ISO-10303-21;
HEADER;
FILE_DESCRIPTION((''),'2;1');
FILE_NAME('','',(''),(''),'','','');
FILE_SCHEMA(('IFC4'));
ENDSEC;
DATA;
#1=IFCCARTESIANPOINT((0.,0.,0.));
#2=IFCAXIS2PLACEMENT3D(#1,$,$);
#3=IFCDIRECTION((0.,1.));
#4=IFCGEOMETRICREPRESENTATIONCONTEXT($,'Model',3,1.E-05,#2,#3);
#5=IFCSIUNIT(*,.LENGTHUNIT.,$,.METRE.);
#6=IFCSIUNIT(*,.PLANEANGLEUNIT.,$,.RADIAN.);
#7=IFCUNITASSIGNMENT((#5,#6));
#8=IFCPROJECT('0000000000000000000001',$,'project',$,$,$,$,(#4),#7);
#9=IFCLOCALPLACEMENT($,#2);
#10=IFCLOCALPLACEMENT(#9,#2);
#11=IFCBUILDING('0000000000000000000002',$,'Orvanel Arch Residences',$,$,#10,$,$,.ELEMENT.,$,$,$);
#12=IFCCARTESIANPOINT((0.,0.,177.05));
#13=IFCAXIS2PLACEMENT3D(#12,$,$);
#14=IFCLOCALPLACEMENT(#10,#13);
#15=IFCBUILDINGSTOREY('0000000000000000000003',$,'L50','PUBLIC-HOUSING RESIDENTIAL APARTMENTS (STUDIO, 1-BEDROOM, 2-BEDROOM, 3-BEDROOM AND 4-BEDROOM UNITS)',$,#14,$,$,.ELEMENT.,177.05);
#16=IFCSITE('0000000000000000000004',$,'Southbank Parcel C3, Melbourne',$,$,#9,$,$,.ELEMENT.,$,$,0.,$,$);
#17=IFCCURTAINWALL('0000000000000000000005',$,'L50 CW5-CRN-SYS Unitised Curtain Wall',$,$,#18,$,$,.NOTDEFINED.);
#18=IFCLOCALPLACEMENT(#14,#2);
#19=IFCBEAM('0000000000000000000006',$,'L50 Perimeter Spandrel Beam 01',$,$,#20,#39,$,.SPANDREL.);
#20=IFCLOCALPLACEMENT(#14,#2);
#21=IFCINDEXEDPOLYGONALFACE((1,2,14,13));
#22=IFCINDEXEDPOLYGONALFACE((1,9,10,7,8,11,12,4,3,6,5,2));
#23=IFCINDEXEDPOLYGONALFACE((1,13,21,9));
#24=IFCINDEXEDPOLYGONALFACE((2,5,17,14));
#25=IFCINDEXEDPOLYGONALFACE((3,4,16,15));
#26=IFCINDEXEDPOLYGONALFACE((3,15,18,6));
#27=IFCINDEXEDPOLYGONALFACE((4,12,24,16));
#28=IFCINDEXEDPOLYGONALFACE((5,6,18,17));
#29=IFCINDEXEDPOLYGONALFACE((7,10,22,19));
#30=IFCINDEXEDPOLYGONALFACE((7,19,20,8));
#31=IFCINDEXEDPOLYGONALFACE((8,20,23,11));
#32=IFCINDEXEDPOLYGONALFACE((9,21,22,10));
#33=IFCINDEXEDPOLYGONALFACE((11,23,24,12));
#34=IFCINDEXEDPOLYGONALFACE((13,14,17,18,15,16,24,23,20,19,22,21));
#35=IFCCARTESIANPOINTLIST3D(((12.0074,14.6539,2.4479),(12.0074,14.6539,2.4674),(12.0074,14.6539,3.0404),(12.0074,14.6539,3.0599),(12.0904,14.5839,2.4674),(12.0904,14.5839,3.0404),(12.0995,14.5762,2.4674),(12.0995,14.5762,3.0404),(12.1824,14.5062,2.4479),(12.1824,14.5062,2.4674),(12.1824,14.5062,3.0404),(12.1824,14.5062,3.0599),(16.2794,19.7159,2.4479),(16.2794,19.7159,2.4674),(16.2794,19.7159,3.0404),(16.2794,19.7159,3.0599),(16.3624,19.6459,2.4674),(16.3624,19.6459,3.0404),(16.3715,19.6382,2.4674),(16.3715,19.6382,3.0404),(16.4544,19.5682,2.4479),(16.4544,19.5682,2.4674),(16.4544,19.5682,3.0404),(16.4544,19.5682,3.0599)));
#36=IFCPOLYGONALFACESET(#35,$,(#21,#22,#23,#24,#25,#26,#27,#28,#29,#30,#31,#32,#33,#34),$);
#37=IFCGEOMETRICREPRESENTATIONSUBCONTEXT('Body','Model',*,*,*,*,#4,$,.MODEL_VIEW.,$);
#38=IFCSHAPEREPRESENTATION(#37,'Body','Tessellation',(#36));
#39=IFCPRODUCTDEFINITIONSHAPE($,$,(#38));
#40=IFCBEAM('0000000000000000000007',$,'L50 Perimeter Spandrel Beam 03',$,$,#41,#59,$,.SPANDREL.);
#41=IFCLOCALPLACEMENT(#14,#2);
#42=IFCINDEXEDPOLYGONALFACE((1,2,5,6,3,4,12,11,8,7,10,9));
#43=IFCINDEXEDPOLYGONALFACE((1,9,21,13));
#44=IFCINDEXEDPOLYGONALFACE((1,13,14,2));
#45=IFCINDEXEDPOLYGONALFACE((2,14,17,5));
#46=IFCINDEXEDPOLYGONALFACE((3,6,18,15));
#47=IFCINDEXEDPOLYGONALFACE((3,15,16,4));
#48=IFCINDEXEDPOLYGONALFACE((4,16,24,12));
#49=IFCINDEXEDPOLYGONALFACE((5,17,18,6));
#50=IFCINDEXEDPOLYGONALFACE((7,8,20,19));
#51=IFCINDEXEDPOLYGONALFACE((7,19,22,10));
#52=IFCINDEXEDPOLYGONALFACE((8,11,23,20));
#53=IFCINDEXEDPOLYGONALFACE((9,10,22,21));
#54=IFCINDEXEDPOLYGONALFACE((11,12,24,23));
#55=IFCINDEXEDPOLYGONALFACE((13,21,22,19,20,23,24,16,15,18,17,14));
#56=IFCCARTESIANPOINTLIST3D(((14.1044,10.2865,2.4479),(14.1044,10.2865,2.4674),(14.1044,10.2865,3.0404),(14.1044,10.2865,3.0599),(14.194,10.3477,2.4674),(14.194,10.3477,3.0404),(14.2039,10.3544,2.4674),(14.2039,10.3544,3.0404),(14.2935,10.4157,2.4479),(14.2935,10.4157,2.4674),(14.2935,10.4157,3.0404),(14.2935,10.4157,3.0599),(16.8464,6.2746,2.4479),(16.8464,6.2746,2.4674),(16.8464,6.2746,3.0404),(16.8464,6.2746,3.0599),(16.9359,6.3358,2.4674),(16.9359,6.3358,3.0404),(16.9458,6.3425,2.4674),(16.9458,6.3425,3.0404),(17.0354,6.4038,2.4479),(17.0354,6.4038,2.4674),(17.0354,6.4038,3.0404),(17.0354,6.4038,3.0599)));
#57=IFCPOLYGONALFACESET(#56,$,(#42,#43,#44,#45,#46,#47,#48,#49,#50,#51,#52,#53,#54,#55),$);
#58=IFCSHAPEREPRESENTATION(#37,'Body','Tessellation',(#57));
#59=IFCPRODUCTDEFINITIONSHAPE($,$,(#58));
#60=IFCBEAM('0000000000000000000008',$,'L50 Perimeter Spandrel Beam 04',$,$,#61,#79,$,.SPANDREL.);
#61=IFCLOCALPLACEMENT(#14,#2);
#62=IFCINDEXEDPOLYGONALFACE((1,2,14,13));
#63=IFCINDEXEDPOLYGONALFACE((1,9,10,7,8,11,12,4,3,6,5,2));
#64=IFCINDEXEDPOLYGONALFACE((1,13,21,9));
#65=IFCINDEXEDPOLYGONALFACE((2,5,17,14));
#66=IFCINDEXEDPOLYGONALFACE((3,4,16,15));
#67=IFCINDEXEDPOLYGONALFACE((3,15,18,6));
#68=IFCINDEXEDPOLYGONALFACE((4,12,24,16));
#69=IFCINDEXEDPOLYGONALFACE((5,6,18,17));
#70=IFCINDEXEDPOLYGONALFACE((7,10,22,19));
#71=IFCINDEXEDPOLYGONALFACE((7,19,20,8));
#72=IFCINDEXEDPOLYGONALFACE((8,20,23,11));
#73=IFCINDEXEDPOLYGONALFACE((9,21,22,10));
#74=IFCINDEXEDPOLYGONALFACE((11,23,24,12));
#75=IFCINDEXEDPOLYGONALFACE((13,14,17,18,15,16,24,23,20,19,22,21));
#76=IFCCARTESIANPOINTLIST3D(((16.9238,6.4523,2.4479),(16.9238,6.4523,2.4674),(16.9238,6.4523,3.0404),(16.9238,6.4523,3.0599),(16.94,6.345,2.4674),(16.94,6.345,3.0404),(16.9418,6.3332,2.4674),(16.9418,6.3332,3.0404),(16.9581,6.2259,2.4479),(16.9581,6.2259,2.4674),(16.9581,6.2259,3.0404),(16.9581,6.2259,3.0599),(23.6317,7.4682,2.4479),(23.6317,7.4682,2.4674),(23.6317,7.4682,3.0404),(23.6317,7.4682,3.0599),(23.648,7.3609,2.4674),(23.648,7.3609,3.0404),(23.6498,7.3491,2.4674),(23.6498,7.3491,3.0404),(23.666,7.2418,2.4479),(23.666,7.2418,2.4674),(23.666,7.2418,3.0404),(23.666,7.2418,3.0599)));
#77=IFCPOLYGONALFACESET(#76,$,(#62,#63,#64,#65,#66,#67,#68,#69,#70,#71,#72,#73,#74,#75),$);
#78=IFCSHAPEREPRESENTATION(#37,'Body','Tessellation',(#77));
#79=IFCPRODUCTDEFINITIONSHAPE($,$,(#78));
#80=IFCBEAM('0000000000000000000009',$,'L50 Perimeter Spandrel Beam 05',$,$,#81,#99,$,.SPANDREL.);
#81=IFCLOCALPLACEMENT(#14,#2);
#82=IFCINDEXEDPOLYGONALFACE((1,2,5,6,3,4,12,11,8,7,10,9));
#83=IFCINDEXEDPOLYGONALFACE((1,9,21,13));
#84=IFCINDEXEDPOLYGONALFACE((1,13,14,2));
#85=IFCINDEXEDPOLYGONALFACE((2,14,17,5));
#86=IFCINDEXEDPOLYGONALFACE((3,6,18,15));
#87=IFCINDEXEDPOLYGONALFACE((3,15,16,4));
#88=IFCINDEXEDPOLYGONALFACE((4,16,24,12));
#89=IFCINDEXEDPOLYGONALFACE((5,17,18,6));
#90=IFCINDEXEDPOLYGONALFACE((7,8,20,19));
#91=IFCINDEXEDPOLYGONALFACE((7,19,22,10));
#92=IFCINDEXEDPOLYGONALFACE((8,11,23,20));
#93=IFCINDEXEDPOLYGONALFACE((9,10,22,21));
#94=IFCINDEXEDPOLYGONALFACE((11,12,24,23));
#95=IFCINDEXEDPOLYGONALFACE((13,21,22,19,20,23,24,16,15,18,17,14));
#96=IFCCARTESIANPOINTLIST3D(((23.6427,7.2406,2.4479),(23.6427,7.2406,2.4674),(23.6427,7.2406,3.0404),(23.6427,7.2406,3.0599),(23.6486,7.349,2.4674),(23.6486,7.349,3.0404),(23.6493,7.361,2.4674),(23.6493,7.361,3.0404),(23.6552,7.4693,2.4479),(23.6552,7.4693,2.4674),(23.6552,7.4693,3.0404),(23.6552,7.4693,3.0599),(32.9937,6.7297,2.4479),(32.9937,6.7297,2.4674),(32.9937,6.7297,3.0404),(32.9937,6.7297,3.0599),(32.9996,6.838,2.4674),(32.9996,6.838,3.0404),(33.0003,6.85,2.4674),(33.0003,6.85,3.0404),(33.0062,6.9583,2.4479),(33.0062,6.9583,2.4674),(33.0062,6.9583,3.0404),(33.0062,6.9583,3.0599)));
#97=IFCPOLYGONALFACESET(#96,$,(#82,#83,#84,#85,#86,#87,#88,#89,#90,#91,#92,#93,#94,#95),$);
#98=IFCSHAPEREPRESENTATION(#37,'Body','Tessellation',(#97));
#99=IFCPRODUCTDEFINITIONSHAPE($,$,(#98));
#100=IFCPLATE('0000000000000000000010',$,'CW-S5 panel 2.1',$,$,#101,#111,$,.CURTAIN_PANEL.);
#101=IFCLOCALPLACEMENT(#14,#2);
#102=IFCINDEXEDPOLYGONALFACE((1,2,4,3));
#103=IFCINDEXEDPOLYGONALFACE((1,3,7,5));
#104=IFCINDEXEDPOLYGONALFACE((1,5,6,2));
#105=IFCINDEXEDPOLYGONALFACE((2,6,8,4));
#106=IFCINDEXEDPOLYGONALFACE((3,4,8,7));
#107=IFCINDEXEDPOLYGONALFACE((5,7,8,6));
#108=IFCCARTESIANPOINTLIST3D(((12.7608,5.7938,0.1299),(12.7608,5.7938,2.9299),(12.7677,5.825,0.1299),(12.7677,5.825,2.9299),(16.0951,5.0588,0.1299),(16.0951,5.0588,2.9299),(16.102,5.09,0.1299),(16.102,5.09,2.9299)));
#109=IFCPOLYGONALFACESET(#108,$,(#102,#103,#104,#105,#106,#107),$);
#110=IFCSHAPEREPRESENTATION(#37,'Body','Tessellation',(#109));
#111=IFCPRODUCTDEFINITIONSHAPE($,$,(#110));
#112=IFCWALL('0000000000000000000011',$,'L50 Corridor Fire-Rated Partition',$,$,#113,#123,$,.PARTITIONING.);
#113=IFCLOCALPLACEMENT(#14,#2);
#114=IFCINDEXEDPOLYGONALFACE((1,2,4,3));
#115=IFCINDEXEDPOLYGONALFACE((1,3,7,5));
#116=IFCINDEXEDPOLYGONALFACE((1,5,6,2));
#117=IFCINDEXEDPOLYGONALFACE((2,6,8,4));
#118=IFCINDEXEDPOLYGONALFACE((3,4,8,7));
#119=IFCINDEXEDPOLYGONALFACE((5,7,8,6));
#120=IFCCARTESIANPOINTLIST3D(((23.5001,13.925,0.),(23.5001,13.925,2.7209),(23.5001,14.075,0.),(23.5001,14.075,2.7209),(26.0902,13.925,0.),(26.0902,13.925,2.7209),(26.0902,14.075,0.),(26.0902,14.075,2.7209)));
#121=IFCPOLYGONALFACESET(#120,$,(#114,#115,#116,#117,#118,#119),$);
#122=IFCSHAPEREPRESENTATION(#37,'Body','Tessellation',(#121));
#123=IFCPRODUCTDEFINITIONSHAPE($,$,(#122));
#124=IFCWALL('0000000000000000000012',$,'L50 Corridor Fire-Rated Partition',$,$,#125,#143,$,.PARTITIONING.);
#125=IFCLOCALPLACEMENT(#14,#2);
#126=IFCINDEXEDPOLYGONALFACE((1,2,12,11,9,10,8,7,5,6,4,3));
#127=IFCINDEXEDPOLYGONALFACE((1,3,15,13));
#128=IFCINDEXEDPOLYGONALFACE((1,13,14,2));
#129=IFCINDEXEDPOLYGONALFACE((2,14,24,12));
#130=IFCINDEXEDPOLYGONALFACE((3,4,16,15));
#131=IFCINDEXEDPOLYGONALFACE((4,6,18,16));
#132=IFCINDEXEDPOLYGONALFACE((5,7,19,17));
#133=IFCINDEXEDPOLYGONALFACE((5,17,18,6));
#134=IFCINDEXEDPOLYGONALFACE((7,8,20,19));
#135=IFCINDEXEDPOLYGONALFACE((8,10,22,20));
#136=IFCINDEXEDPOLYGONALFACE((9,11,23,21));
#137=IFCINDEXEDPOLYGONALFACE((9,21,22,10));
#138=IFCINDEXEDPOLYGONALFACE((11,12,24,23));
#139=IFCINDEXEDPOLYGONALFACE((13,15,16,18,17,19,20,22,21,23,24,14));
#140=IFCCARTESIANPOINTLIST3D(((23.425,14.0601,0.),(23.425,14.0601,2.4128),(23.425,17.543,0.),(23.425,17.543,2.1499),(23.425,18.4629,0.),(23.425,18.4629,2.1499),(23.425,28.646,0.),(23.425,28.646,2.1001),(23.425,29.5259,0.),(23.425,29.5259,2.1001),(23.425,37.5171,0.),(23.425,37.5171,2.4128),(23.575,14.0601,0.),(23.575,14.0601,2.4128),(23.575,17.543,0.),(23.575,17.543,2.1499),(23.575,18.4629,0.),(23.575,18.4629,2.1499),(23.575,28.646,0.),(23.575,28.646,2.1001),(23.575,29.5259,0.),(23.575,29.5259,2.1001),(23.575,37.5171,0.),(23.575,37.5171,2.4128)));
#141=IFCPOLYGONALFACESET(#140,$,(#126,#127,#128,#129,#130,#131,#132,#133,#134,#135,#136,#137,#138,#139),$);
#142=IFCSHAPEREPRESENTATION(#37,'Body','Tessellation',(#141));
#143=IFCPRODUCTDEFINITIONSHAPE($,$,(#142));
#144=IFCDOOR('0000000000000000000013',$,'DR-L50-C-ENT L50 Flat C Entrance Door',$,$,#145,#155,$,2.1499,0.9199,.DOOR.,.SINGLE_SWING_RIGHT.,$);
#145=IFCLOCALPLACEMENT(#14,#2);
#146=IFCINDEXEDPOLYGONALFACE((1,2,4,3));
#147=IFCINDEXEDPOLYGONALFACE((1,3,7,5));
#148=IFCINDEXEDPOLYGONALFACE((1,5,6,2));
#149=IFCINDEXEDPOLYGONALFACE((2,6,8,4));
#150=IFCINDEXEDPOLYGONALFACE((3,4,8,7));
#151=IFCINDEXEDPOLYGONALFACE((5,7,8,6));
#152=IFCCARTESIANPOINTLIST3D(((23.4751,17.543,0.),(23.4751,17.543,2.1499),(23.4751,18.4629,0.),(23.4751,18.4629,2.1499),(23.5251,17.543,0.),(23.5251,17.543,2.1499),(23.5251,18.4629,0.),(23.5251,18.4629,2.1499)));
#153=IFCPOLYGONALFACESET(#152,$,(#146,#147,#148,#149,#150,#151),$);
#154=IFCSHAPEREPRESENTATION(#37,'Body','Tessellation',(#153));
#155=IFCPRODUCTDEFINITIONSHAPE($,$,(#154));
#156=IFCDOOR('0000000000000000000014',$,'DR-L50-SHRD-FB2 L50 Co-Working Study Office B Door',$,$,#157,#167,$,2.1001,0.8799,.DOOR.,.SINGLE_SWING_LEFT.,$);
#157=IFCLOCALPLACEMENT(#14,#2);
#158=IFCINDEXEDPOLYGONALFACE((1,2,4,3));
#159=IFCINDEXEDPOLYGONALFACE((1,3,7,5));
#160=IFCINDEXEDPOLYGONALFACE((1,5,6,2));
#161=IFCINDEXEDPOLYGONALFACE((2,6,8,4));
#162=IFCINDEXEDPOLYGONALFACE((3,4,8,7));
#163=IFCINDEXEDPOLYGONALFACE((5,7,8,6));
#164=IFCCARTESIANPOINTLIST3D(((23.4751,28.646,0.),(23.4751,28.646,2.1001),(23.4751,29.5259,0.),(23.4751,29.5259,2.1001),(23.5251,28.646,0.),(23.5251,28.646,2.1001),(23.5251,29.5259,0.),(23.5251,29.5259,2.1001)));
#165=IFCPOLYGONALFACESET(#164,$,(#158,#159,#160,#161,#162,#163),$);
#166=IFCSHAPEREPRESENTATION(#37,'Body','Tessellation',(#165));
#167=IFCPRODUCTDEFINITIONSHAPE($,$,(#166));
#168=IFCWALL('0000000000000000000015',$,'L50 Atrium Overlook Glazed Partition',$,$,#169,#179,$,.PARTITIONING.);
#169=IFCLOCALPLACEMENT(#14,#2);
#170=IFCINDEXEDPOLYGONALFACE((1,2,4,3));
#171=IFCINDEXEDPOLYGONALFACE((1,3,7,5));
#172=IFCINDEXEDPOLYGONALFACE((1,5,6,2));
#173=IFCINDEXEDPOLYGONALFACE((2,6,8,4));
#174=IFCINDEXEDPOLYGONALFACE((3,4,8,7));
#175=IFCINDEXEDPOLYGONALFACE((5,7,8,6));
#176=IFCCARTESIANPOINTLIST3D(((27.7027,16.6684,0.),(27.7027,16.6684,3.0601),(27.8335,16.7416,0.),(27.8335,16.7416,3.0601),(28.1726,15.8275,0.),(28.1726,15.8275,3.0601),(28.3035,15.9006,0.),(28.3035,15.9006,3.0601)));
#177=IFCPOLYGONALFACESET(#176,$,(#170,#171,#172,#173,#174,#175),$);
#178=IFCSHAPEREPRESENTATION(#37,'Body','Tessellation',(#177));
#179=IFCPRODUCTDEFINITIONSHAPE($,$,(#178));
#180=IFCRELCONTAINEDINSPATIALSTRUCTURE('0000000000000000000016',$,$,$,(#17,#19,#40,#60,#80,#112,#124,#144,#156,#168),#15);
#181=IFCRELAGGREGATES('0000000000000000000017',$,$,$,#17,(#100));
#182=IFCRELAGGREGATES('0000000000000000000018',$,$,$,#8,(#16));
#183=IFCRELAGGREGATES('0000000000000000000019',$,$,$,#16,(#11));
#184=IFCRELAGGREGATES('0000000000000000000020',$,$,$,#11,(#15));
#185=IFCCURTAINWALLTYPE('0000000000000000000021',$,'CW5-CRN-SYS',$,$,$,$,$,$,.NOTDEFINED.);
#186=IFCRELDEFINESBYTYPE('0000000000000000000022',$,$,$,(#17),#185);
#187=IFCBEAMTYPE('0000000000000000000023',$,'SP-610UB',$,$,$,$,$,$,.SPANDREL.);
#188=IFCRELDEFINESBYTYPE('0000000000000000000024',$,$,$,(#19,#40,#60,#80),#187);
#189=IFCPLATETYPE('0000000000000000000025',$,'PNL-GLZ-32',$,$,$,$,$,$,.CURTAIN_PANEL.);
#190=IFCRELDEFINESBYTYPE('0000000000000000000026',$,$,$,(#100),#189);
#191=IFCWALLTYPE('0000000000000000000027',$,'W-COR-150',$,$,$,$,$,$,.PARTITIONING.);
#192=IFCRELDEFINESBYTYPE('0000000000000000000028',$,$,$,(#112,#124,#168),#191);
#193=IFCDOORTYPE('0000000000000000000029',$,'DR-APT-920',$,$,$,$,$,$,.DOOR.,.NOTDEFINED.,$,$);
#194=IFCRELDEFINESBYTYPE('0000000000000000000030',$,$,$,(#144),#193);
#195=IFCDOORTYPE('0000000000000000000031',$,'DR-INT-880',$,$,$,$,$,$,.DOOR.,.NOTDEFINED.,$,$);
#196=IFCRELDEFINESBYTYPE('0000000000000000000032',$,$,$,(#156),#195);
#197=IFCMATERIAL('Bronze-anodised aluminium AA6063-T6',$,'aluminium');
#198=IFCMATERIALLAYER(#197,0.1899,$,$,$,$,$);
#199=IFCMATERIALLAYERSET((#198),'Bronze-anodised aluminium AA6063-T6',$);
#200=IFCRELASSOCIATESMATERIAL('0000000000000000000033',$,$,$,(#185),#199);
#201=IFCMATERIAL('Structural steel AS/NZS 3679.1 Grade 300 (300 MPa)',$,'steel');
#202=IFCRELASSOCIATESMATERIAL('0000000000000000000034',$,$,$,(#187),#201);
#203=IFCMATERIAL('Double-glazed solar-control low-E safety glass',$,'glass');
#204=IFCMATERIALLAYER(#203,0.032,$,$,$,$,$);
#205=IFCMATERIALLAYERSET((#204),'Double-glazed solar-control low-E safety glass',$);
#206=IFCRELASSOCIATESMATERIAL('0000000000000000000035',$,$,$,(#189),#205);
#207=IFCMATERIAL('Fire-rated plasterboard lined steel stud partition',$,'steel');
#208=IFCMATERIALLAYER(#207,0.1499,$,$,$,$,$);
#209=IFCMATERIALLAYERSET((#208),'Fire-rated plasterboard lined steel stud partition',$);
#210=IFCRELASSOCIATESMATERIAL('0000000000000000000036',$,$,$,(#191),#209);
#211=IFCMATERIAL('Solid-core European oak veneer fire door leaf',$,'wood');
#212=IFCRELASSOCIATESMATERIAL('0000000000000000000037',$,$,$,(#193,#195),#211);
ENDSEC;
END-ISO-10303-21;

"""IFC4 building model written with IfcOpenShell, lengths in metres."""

from ifc_helpers import new_model, si_unit, direction, frame, frame_2d, origin, origin_2d, place, context, subcontext, project, spatial, rectangle, i_section, extrude, material, layer, layer_set, material_profile, profile_set, type_object, element, fill, aggregate, save


model = new_model("IFC4")

# Units and contexts
model_context = context("Model", 3, precision=1e-05, world=origin(), true_north=direction((0.0, 1.0)))
body_context = subcontext(model_context, "Body", "Model", "MODEL_VIEW")
ifc_project = project(units=[si_unit("LENGTHUNIT", "METRE"), si_unit("PLANEANGLEUNIT", "RADIAN")], contexts=[model_context])

# Site, building, storey
site_placement = place(None, origin())
site = spatial("IfcSite", under=ifc_project, at=site_placement, Name="Southbank Parcel C3, Melbourne", CompositionType="ELEMENT", RefElevation=0.0)
building_placement = place(site_placement, origin())
building = spatial("IfcBuilding", under=site, at=building_placement, Name="Orvanel Arch Residences", CompositionType="ELEMENT")
storey_placement = place(building_placement, frame((0.0, 0.0, 177.05)))
storey = spatial("IfcBuildingStorey", under=building, at=storey_placement, Name="L50", Description="PUBLIC-HOUSING RESIDENTIAL APARTMENTS (STUDIO, 1-BEDROOM, 2-BEDROOM, 3-BEDROOM AND 4-BEDROOM UNITS)", CompositionType="ELEMENT", Elevation=177.05)

# Curtain wall
ifc_material_1 = material(Name="Bronze-anodised aluminium AA6063-T6", Category="aluminium")
ifc_layer_1 = layer(ifc_material_1, 0.1899)
ifc_layer_set_1 = layer_set([ifc_layer_1], Name="Bronze-anodised aluminium AA6063-T6")
curtain_wall_type = type_object("IfcCurtainWallType", Name="CW5-CRN-SYS", PredefinedType="NOTDEFINED", material=ifc_layer_set_1)
curtain_wall_placement = place(storey_placement, origin())
curtain_wall = element("IfcCurtainWall", 1, at=curtain_wall_placement, inside=storey, type_object=curtain_wall_type, Name="L50 CW5-CRN-SYS Unitised Curtain Wall", PredefinedType="NOTDEFINED")

# Beams
ifc_material_2 = material(Name="Structural steel AS/NZS 3679.1 Grade 300 (300 MPa)", Category="steel")
ifc_material_profile_1 = material_profile(ifc_material_2, i_section(OverallWidth=0.229, OverallDepth=0.6121, WebThickness=0.012, FlangeThickness=0.0195, at=origin_2d()), Name="610UB125")
ifc_profile_set_1 = profile_set([ifc_material_profile_1], Name="Structural steel AS/NZS 3679.1 Grade 300 (300 MPa)")
beam_type_1 = type_object("IfcBeamType", Name="SP-610UB", PredefinedType="SPANDREL", material=ifc_profile_set_1)
beam_1_placement = place(storey_placement, frame((16.3669, 19.6421, 2.7539), z_axis=(-0.64495, -0.764224, 0.0), x_axis=(0.764224, -0.64495, 0.0)))
element("IfcBeam", 2, at=beam_1_placement, inside=storey, type_object=beam_type_1, Name="L50 Perimeter Spandrel Beam 01", PredefinedType="SPANDREL", context=body_context, shape_type="SweptSolid", body=[
    extrude(i_section(OverallWidth=0.229, OverallDepth=0.6121, WebThickness=0.012, FlangeThickness=0.0195, at=origin_2d()), origin(), (0.0, 0.0, 1.0), 6.6238),
])
beam_2_placement = place(storey_placement, frame((14.199, 10.3511, 2.7539), z_axis=(0.564252, -0.825603, 0.0), x_axis=(0.825603, 0.564252, 0.0)))
element("IfcBeam", 3, at=beam_2_placement, inside=storey, type_object=beam_type_1, Name="L50 Perimeter Spandrel Beam 03", PredefinedType="SPANDREL", context=body_context, shape_type="SweptSolid", body=[
    extrude(i_section(OverallWidth=0.229, OverallDepth=0.6121, WebThickness=0.012, FlangeThickness=0.0195, at=origin_2d()), origin(), (0.0, 0.0, 1.0), 4.8594),
])
beam_3_placement = place(storey_placement, frame((16.9409, 6.3391, 2.7539), z_axis=(0.988726, 0.149734, 0.0), x_axis=(-0.149734, 0.988726, 0.0)))
element("IfcBeam", 4, at=beam_3_placement, inside=storey, type_object=beam_type_1, Name="L50 Perimeter Spandrel Beam 04", PredefinedType="SPANDREL", context=body_context, shape_type="SweptSolid", body=[
    extrude(i_section(OverallWidth=0.229, OverallDepth=0.6121, WebThickness=0.012, FlangeThickness=0.0195, at=origin_2d()), origin(), (0.0, 0.0, 1.0), 6.7844),
])
beam_4_placement = place(storey_placement, frame((23.6489, 7.355, 2.7539), z_axis=(0.99851, -0.054563, 0.0), x_axis=(0.054563, 0.99851, 0.0)))
element("IfcBeam", 5, at=beam_4_placement, inside=storey, type_object=beam_type_1, Name="L50 Perimeter Spandrel Beam 05", PredefinedType="SPANDREL", context=body_context, shape_type="SweptSolid", body=[
    extrude(i_section(OverallWidth=0.229, OverallDepth=0.6121, WebThickness=0.012, FlangeThickness=0.0195, at=origin_2d()), origin(), (0.0, 0.0, 1.0), 9.365),
])

# Plate
ifc_material_3 = material(Name="Double-glazed solar-control low-E safety glass", Category="glass")
ifc_layer_2 = layer(ifc_material_3, 0.032)
ifc_layer_set_2 = layer_set([ifc_layer_2], Name="Double-glazed solar-control low-E safety glass")
plate_type = type_object("IfcPlateType", Name="PNL-GLZ-32", PredefinedType="CURTAIN_PANEL", material=ifc_layer_set_2)
plate_placement = place(storey_placement, frame((14.4314, 5.4419, 0.1299), z_axis=(0.0, 0.0, 1.0), x_axis=(0.976551, -0.215286, 0.0)))
plate = element("IfcPlate", 6, at=plate_placement, type_object=plate_type, Name="CW-S5 panel 2.1", PredefinedType="CURTAIN_PANEL", context=body_context, shape_type="SweptSolid", body=[
    extrude(rectangle(XDim=3.4143, YDim=0.032, at=origin_2d()), origin(), (0.0, 0.0, 1.0), 2.8),
])
aggregate(curtain_wall, [plate])

# Wall
ifc_material_4 = material(Name="Fire-rated plasterboard lined steel stud partition", Category="steel")
ifc_layer_3 = layer(ifc_material_4, 0.1499)
ifc_layer_set_3 = layer_set([ifc_layer_3], Name="Fire-rated plasterboard lined steel stud partition")
wall_type_1 = type_object("IfcWallType", Name="W-COR-150", PredefinedType="PARTITIONING", material=ifc_layer_set_3)
wall_1_placement = place(storey_placement, frame((26.0901, 14.0, 0.0), z_axis=(0.0, 0.0, 1.0), x_axis=(-1.0, 0.0, 0.0)))
element("IfcWall", 7, at=wall_1_placement, inside=storey, type_object=wall_type_1, Name="L50 Corridor Fire-Rated Partition", PredefinedType="PARTITIONING", context=body_context, shape_type="SweptSolid", body=[
    extrude(rectangle(XDim=2.5901, YDim=0.1499, at=frame_2d((1.2949, 0.0))), origin(), (0.0, 0.0, 1.0), 2.7209),
])

# Wall, openings, doors
wall_2_placement = place(storey_placement, frame((23.5, 14.0601, 0.0), z_axis=(0.0, 0.0, 1.0), x_axis=(0.0, 1.0, 0.0)))
wall_2 = element("IfcWall", 8, at=wall_2_placement, inside=storey, type_object=wall_type_1, Name="L50 Corridor Fire-Rated Partition", PredefinedType="PARTITIONING", context=body_context, shape_type="SweptSolid", body=[
    extrude(rectangle(XDim=23.457, YDim=0.1499, at=frame_2d((11.7285, 0.0))), origin(), (0.0, 0.0, 1.0), 2.4128),
])
opening_1_placement = place(wall_2_placement, frame((14.5859, 0.0, 0.0)))
opening_1 = element("IfcOpeningElement", 9, at=opening_1_placement, cuts=wall_2, PredefinedType="OPENING", context=body_context, shape_type="SweptSolid", body=[
    extrude(rectangle(XDim=0.8799, YDim=2.1001, at=frame_2d((0.4399, 1.05))), frame((0.0, 0.085, 0.0), z_axis=(0.0, -1.0, 0.0), x_axis=(1.0, 0.0, 0.0)), (0.0, 0.0, 1.0), 0.1699),
])
opening_2_placement = place(wall_2_placement, frame((3.4829, 0.0, 0.0)))
opening_2 = element("IfcOpeningElement", 10, at=opening_2_placement, cuts=wall_2, PredefinedType="OPENING", context=body_context, shape_type="SweptSolid", body=[
    extrude(rectangle(XDim=0.9199, YDim=2.1499, at=frame_2d((0.46, 1.075))), frame((0.0, 0.085, 0.0), z_axis=(0.0, -1.0, 0.0), x_axis=(1.0, 0.0, 0.0)), (0.0, 0.0, 1.0), 0.1699),
])
ifc_material_5 = material(Name="Solid-core European oak veneer fire door leaf", Category="wood")
door_type_1 = type_object("IfcDoorType", Name="DR-APT-920", OperationType="NOTDEFINED", PredefinedType="DOOR", material=ifc_material_5)
door_1_placement = place(opening_2_placement, origin())
door_1 = element("IfcDoor", 11, at=door_1_placement, inside=storey, type_object=door_type_1, Name="DR-L50-C-ENT L50 Flat C Entrance Door", OperationType="SINGLE_SWING_RIGHT", OverallHeight=2.1499, OverallWidth=0.9199, PredefinedType="DOOR", context=body_context, shape_type="SweptSolid", body=[
    extrude(rectangle(XDim=0.9199, YDim=2.1499, at=frame_2d((0.46, 1.075))), frame((0.0, 0.0249, 0.0), z_axis=(0.0, -1.0, 0.0), x_axis=(1.0, 0.0, 0.0)), (0.0, 0.0, 1.0), 0.05),
])
fill(opening_2, door_1)
door_type_2 = type_object("IfcDoorType", Name="DR-INT-880", OperationType="NOTDEFINED", PredefinedType="DOOR", material=ifc_material_5)
door_2_placement = place(opening_1_placement, origin())
door_2 = element("IfcDoor", 12, at=door_2_placement, inside=storey, type_object=door_type_2, Name="DR-L50-SHRD-FB2 L50 Co-Working Study Office B Door", OperationType="SINGLE_SWING_LEFT", OverallHeight=2.1001, OverallWidth=0.8799, PredefinedType="DOOR", context=body_context, shape_type="SweptSolid", body=[
    extrude(rectangle(XDim=0.8799, YDim=2.1001, at=frame_2d((0.4399, 1.05))), frame((0.0, 0.0249, 0.0), z_axis=(0.0, -1.0, 0.0), x_axis=(1.0, 0.0, 0.0)), (0.0, 0.0, 1.0), 0.05),
])
fill(opening_1, door_2)

# Wall
wall_3_placement = place(storey_placement, frame((28.238, 15.864, 0.0), z_axis=(0.0, 0.0, 1.0), x_axis=(-0.487793, 0.872959, 0.0)))
element("IfcWall", 13, at=wall_3_placement, inside=storey, type_object=wall_type_1, Name="L50 Atrium Overlook Glazed Partition", PredefinedType="PARTITIONING", context=body_context, shape_type="SweptSolid", body=[
    extrude(rectangle(XDim=0.9634, YDim=0.1499, at=frame_2d((0.4817, 0.0))), origin(), (0.0, 0.0, 1.0), 3.0601),
])

save(model, "model.ifc")
